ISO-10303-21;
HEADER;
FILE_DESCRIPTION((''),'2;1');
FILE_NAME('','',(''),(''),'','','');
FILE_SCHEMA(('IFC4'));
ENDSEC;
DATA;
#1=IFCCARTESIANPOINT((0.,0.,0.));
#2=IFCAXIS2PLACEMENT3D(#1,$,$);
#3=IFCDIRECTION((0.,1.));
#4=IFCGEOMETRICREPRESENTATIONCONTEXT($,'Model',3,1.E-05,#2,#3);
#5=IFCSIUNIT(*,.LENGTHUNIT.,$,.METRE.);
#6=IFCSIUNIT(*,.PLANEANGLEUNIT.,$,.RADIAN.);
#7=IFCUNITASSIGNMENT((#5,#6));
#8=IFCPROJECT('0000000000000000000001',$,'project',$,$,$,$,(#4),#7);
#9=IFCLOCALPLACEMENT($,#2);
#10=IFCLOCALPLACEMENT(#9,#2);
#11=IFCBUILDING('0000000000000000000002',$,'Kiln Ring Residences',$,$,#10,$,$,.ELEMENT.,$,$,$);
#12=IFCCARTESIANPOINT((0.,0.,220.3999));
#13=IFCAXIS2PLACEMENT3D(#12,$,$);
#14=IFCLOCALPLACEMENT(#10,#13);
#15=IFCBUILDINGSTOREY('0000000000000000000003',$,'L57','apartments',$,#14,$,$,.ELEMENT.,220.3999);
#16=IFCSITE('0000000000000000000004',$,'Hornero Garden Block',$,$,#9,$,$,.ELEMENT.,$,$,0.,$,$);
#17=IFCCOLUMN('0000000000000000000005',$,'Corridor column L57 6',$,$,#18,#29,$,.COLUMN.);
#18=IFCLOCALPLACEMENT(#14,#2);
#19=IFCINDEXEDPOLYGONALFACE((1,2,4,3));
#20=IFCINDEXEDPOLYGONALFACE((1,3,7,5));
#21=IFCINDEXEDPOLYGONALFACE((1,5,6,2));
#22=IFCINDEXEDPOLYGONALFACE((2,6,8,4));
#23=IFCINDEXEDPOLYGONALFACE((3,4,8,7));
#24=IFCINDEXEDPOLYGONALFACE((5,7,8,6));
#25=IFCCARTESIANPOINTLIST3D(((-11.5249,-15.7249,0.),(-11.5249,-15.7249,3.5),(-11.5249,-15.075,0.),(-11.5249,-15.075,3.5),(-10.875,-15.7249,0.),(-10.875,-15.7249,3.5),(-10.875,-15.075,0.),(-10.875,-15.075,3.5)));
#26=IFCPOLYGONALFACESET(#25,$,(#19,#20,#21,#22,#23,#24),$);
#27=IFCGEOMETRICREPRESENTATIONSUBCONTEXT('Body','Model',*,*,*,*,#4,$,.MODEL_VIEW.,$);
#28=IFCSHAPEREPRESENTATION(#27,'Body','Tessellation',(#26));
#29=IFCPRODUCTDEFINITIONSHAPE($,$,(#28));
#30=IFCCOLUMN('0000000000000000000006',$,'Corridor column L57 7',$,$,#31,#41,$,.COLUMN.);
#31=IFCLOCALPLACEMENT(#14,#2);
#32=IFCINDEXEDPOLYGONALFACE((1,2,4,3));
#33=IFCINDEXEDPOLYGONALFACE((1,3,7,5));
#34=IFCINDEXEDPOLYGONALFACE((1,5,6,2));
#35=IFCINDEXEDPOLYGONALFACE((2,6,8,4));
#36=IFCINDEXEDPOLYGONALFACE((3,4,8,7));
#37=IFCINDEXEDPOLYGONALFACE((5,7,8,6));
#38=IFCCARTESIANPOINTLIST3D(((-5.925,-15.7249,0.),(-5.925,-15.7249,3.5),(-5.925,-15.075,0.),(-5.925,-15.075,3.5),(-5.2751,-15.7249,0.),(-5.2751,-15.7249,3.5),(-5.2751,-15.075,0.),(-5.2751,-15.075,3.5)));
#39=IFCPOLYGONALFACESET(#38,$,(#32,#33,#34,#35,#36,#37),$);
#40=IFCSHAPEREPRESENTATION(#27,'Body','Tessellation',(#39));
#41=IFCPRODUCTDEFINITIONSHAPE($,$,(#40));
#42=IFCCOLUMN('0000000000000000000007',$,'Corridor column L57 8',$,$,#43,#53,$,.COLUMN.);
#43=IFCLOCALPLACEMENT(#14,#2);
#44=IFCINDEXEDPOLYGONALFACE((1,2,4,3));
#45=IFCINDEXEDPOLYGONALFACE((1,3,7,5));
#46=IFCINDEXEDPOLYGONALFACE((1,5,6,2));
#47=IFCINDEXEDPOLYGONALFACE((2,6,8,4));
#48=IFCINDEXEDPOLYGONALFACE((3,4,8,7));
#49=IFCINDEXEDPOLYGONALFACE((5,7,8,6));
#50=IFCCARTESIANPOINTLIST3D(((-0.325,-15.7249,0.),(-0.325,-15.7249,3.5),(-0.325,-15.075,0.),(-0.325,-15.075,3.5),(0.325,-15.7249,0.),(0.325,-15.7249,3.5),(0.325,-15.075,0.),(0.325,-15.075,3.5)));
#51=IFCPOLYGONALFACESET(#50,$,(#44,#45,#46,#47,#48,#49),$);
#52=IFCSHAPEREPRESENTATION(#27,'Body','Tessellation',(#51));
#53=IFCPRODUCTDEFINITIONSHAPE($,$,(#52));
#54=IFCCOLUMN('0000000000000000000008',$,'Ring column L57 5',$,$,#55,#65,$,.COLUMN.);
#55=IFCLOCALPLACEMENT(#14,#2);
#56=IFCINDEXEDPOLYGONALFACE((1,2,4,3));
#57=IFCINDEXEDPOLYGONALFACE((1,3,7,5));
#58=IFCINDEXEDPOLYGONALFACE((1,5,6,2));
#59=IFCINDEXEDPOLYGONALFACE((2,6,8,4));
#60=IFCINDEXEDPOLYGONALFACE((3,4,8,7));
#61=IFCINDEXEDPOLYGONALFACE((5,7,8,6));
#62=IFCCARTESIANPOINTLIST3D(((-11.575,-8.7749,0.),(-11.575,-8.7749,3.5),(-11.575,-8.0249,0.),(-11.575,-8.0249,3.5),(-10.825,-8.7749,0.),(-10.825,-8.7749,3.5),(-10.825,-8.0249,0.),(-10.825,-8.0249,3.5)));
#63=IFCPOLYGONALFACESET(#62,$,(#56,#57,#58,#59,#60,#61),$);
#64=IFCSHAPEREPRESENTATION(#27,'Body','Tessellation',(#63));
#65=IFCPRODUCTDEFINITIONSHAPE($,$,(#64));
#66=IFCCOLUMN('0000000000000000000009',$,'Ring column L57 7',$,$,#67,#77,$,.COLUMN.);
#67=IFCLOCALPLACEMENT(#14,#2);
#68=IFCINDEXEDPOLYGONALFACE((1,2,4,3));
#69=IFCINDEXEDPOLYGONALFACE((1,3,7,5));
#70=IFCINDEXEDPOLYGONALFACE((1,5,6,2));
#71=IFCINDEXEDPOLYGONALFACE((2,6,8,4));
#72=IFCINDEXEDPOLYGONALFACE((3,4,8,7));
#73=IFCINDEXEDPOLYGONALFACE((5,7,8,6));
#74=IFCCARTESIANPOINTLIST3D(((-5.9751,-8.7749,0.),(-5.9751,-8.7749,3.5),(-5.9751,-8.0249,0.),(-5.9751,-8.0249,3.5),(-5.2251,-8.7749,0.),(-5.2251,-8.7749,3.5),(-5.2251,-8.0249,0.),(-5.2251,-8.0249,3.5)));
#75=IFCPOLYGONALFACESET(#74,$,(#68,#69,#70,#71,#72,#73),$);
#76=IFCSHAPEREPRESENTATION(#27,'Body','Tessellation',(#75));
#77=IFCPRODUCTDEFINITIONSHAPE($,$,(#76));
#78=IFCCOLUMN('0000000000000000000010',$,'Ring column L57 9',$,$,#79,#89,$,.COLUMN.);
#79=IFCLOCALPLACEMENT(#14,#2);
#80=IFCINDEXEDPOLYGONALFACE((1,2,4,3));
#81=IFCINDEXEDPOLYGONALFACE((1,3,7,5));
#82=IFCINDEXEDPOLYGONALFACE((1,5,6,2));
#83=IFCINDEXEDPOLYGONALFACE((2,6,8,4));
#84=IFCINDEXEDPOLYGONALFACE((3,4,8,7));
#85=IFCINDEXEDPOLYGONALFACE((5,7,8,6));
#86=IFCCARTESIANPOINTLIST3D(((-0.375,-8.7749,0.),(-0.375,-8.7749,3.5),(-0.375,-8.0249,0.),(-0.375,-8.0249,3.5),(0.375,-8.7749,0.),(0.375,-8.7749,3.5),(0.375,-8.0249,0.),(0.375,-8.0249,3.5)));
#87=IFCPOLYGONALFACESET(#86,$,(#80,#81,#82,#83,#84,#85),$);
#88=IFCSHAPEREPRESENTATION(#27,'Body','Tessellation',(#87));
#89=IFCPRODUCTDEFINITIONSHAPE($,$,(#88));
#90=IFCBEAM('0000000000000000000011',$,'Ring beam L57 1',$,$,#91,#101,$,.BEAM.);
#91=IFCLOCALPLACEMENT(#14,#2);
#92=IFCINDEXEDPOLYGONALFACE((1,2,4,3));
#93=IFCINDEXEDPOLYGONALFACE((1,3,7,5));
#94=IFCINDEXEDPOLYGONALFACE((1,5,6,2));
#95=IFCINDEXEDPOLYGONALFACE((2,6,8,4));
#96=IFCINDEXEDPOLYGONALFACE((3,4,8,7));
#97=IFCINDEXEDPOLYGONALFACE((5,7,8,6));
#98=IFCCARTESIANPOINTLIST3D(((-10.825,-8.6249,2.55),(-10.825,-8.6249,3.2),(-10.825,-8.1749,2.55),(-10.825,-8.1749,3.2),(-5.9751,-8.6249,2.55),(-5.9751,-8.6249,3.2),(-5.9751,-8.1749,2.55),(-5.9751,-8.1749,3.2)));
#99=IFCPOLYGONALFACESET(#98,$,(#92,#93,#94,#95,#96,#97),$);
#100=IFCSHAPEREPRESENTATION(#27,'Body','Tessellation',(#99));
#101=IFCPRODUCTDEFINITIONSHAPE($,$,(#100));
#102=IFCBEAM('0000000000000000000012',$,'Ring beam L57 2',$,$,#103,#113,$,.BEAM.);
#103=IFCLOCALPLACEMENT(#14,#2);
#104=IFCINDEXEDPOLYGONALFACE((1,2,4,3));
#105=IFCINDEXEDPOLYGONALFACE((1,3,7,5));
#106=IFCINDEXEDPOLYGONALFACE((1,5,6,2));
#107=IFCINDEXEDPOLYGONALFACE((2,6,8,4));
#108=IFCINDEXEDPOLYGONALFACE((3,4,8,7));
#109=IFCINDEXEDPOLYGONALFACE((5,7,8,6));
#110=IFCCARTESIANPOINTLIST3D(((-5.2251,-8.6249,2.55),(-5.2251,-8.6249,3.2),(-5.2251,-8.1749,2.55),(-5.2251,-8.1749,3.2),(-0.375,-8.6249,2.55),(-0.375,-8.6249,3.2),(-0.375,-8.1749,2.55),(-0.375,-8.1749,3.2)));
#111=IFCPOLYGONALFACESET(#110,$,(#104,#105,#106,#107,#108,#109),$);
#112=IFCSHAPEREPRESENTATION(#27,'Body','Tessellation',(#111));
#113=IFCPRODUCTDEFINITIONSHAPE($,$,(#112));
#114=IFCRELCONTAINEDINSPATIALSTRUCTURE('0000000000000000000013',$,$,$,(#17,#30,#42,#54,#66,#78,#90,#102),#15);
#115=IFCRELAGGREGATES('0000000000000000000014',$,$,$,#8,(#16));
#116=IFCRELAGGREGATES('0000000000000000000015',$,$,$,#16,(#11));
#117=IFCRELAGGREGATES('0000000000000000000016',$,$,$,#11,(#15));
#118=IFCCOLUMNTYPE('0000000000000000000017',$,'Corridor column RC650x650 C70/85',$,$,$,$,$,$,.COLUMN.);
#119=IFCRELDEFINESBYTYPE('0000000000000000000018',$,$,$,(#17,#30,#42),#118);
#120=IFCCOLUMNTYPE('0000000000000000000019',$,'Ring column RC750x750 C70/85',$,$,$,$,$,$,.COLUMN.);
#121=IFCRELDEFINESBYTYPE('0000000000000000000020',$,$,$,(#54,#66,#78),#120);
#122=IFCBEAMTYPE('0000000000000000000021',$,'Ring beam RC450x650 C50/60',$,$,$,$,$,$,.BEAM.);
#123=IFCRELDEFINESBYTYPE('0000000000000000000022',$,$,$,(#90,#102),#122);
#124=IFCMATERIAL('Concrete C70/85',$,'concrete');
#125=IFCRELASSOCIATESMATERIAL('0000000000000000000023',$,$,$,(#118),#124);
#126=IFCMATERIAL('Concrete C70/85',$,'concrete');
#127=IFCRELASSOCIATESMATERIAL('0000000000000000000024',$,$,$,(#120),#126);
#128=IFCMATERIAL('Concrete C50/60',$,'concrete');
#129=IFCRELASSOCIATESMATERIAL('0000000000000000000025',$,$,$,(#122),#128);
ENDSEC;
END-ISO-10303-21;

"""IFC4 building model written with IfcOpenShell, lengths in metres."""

from ifc_helpers import new_model, si_unit, direction, frame, origin, origin_2d, place, context, subcontext, project, spatial, rectangle, extrude, material, material_profile, profile_set, type_object, element, save


model = new_model("IFC4")

# Units and contexts
model_context = context("Model", 3, precision=1e-05, world=origin(), true_north=direction((0.0, 1.0)))
body_context = subcontext(model_context, "Body", "Model", "MODEL_VIEW")
ifc_project = project(units=[si_unit("LENGTHUNIT", "METRE"), si_unit("PLANEANGLEUNIT", "RADIAN")], contexts=[model_context])

# Site, building, storey
site_placement = place(None, origin())
site = spatial("IfcSite", under=ifc_project, at=site_placement, Name="Hornero Garden Block", CompositionType="ELEMENT", RefElevation=0.0)
building_placement = place(site_placement, origin())
building = spatial("IfcBuilding", under=site, at=building_placement, Name="Kiln Ring Residences", CompositionType="ELEMENT")
storey_placement = place(building_placement, frame((0.0, 0.0, 220.3999)))
storey = spatial("IfcBuildingStorey", under=building, at=storey_placement, Name="L57", Description="apartments", CompositionType="ELEMENT", Elevation=220.3999)

# Columns
ifc_material_1 = material(Name="Concrete C70/85", Category="concrete")
ifc_material_profile_1 = material_profile(ifc_material_1, rectangle(XDim=0.6499, YDim=0.6499, at=origin_2d()), Name="RC650x650")
ifc_profile_set_1 = profile_set([ifc_material_profile_1], Name="Concrete C70/85")
column_type_1 = type_object("IfcColumnType", Name="Corridor column RC650x650 C70/85", PredefinedType="COLUMN", material=ifc_profile_set_1)
for number, where, z_axis, x_axis, name in (
    (1, (-11.2, -15.3999, 0.0), (0.0, 0.0, 1.0), (1.0, 0.0, 0.0), "Corridor column L57 6"),
    (2, (-5.6001, -15.3999, 0.0), (0.0, 0.0, 1.0), (1.0, 0.0, 0.0), "Corridor column L57 7"),
    (3, (0.0, -15.3999, 0.0), (0.0, 0.0, 1.0), (1.0, 0.0, 0.0), "Corridor column L57 8"),
):
    element("IfcColumn", number, at=place(storey_placement, frame(where, z_axis=z_axis, x_axis=x_axis)), inside=storey, type_object=column_type_1, Name=name, PredefinedType="COLUMN", context=body_context, shape_type="SweptSolid", body=[
        extrude(rectangle(XDim=0.6499, YDim=0.6499, at=origin_2d()), origin(), (0.0, 0.0, 1.0), 3.5),
    ])
ifc_material_2 = material(Name="Concrete C70/85", Category="concrete")
ifc_material_profile_2 = material_profile(ifc_material_2, rectangle(XDim=0.75, YDim=0.75, at=origin_2d()), Name="RC750x750")
ifc_profile_set_2 = profile_set([ifc_material_profile_2], Name="Concrete C70/85")
column_type_2 = type_object("IfcColumnType", Name="Ring column RC750x750 C70/85", PredefinedType="COLUMN", material=ifc_profile_set_2)
for number, where, z_axis, x_axis, name in (
    (4, (-11.2, -8.3999, 0.0), (0.0, 0.0, 1.0), (1.0, 0.0, 0.0), "Ring column L57 5"),
    (5, (-5.6001, -8.3999, 0.0), (0.0, 0.0, 1.0), (1.0, 0.0, 0.0), "Ring column L57 7"),
    (6, (0.0, -8.3999, 0.0), (0.0, 0.0, 1.0), (1.0, 0.0, 0.0), "Ring column L57 9"),
):
    element("IfcColumn", number, at=place(storey_placement, frame(where, z_axis=z_axis, x_axis=x_axis)), inside=storey, type_object=column_type_2, Name=name, PredefinedType="COLUMN", context=body_context, shape_type="SweptSolid", body=[
        extrude(rectangle(XDim=0.75, YDim=0.75, at=origin_2d()), origin(), (0.0, 0.0, 1.0), 3.5),
    ])

# Beams
ifc_material_3 = material(Name="Concrete C50/60", Category="concrete")
ifc_material_profile_3 = material_profile(ifc_material_3, rectangle(XDim=0.45, YDim=0.6499, at=origin_2d()), Name="RC450x650")
ifc_profile_set_3 = profile_set([ifc_material_profile_3], Name="Concrete C50/60")
beam_type = type_object("IfcBeamType", Name="Ring beam RC450x650 C50/60", PredefinedType="BEAM", material=ifc_profile_set_3)
beam_1_placement = place(storey_placement, frame((-10.825, -8.3999, 2.875), z_axis=(1.0, 0.0, 0.0), x_axis=(0.0, 1.0, 0.0)))
element("IfcBeam", 7, at=beam_1_placement, inside=storey, type_object=beam_type, Name="Ring beam L57 1", PredefinedType="BEAM", context=body_context, shape_type="SweptSolid", body=[
    extrude(rectangle(XDim=0.45, YDim=0.6499, at=origin_2d()), origin(), (0.0, 0.0, 1.0), 4.8499),
])
beam_2_placement = place(storey_placement, frame((-5.2251, -8.3999, 2.875), z_axis=(1.0, 0.0, 0.0), x_axis=(0.0, 1.0, 0.0)))
element("IfcBeam", 8, at=beam_2_placement, inside=storey, type_object=beam_type, Name="Ring beam L57 2", PredefinedType="BEAM", context=body_context, shape_type="SweptSolid", body=[
    extrude(rectangle(XDim=0.45, YDim=0.6499, at=origin_2d()), origin(), (0.0, 0.0, 1.0), 4.8501),
])

save(model, "model.ifc")
